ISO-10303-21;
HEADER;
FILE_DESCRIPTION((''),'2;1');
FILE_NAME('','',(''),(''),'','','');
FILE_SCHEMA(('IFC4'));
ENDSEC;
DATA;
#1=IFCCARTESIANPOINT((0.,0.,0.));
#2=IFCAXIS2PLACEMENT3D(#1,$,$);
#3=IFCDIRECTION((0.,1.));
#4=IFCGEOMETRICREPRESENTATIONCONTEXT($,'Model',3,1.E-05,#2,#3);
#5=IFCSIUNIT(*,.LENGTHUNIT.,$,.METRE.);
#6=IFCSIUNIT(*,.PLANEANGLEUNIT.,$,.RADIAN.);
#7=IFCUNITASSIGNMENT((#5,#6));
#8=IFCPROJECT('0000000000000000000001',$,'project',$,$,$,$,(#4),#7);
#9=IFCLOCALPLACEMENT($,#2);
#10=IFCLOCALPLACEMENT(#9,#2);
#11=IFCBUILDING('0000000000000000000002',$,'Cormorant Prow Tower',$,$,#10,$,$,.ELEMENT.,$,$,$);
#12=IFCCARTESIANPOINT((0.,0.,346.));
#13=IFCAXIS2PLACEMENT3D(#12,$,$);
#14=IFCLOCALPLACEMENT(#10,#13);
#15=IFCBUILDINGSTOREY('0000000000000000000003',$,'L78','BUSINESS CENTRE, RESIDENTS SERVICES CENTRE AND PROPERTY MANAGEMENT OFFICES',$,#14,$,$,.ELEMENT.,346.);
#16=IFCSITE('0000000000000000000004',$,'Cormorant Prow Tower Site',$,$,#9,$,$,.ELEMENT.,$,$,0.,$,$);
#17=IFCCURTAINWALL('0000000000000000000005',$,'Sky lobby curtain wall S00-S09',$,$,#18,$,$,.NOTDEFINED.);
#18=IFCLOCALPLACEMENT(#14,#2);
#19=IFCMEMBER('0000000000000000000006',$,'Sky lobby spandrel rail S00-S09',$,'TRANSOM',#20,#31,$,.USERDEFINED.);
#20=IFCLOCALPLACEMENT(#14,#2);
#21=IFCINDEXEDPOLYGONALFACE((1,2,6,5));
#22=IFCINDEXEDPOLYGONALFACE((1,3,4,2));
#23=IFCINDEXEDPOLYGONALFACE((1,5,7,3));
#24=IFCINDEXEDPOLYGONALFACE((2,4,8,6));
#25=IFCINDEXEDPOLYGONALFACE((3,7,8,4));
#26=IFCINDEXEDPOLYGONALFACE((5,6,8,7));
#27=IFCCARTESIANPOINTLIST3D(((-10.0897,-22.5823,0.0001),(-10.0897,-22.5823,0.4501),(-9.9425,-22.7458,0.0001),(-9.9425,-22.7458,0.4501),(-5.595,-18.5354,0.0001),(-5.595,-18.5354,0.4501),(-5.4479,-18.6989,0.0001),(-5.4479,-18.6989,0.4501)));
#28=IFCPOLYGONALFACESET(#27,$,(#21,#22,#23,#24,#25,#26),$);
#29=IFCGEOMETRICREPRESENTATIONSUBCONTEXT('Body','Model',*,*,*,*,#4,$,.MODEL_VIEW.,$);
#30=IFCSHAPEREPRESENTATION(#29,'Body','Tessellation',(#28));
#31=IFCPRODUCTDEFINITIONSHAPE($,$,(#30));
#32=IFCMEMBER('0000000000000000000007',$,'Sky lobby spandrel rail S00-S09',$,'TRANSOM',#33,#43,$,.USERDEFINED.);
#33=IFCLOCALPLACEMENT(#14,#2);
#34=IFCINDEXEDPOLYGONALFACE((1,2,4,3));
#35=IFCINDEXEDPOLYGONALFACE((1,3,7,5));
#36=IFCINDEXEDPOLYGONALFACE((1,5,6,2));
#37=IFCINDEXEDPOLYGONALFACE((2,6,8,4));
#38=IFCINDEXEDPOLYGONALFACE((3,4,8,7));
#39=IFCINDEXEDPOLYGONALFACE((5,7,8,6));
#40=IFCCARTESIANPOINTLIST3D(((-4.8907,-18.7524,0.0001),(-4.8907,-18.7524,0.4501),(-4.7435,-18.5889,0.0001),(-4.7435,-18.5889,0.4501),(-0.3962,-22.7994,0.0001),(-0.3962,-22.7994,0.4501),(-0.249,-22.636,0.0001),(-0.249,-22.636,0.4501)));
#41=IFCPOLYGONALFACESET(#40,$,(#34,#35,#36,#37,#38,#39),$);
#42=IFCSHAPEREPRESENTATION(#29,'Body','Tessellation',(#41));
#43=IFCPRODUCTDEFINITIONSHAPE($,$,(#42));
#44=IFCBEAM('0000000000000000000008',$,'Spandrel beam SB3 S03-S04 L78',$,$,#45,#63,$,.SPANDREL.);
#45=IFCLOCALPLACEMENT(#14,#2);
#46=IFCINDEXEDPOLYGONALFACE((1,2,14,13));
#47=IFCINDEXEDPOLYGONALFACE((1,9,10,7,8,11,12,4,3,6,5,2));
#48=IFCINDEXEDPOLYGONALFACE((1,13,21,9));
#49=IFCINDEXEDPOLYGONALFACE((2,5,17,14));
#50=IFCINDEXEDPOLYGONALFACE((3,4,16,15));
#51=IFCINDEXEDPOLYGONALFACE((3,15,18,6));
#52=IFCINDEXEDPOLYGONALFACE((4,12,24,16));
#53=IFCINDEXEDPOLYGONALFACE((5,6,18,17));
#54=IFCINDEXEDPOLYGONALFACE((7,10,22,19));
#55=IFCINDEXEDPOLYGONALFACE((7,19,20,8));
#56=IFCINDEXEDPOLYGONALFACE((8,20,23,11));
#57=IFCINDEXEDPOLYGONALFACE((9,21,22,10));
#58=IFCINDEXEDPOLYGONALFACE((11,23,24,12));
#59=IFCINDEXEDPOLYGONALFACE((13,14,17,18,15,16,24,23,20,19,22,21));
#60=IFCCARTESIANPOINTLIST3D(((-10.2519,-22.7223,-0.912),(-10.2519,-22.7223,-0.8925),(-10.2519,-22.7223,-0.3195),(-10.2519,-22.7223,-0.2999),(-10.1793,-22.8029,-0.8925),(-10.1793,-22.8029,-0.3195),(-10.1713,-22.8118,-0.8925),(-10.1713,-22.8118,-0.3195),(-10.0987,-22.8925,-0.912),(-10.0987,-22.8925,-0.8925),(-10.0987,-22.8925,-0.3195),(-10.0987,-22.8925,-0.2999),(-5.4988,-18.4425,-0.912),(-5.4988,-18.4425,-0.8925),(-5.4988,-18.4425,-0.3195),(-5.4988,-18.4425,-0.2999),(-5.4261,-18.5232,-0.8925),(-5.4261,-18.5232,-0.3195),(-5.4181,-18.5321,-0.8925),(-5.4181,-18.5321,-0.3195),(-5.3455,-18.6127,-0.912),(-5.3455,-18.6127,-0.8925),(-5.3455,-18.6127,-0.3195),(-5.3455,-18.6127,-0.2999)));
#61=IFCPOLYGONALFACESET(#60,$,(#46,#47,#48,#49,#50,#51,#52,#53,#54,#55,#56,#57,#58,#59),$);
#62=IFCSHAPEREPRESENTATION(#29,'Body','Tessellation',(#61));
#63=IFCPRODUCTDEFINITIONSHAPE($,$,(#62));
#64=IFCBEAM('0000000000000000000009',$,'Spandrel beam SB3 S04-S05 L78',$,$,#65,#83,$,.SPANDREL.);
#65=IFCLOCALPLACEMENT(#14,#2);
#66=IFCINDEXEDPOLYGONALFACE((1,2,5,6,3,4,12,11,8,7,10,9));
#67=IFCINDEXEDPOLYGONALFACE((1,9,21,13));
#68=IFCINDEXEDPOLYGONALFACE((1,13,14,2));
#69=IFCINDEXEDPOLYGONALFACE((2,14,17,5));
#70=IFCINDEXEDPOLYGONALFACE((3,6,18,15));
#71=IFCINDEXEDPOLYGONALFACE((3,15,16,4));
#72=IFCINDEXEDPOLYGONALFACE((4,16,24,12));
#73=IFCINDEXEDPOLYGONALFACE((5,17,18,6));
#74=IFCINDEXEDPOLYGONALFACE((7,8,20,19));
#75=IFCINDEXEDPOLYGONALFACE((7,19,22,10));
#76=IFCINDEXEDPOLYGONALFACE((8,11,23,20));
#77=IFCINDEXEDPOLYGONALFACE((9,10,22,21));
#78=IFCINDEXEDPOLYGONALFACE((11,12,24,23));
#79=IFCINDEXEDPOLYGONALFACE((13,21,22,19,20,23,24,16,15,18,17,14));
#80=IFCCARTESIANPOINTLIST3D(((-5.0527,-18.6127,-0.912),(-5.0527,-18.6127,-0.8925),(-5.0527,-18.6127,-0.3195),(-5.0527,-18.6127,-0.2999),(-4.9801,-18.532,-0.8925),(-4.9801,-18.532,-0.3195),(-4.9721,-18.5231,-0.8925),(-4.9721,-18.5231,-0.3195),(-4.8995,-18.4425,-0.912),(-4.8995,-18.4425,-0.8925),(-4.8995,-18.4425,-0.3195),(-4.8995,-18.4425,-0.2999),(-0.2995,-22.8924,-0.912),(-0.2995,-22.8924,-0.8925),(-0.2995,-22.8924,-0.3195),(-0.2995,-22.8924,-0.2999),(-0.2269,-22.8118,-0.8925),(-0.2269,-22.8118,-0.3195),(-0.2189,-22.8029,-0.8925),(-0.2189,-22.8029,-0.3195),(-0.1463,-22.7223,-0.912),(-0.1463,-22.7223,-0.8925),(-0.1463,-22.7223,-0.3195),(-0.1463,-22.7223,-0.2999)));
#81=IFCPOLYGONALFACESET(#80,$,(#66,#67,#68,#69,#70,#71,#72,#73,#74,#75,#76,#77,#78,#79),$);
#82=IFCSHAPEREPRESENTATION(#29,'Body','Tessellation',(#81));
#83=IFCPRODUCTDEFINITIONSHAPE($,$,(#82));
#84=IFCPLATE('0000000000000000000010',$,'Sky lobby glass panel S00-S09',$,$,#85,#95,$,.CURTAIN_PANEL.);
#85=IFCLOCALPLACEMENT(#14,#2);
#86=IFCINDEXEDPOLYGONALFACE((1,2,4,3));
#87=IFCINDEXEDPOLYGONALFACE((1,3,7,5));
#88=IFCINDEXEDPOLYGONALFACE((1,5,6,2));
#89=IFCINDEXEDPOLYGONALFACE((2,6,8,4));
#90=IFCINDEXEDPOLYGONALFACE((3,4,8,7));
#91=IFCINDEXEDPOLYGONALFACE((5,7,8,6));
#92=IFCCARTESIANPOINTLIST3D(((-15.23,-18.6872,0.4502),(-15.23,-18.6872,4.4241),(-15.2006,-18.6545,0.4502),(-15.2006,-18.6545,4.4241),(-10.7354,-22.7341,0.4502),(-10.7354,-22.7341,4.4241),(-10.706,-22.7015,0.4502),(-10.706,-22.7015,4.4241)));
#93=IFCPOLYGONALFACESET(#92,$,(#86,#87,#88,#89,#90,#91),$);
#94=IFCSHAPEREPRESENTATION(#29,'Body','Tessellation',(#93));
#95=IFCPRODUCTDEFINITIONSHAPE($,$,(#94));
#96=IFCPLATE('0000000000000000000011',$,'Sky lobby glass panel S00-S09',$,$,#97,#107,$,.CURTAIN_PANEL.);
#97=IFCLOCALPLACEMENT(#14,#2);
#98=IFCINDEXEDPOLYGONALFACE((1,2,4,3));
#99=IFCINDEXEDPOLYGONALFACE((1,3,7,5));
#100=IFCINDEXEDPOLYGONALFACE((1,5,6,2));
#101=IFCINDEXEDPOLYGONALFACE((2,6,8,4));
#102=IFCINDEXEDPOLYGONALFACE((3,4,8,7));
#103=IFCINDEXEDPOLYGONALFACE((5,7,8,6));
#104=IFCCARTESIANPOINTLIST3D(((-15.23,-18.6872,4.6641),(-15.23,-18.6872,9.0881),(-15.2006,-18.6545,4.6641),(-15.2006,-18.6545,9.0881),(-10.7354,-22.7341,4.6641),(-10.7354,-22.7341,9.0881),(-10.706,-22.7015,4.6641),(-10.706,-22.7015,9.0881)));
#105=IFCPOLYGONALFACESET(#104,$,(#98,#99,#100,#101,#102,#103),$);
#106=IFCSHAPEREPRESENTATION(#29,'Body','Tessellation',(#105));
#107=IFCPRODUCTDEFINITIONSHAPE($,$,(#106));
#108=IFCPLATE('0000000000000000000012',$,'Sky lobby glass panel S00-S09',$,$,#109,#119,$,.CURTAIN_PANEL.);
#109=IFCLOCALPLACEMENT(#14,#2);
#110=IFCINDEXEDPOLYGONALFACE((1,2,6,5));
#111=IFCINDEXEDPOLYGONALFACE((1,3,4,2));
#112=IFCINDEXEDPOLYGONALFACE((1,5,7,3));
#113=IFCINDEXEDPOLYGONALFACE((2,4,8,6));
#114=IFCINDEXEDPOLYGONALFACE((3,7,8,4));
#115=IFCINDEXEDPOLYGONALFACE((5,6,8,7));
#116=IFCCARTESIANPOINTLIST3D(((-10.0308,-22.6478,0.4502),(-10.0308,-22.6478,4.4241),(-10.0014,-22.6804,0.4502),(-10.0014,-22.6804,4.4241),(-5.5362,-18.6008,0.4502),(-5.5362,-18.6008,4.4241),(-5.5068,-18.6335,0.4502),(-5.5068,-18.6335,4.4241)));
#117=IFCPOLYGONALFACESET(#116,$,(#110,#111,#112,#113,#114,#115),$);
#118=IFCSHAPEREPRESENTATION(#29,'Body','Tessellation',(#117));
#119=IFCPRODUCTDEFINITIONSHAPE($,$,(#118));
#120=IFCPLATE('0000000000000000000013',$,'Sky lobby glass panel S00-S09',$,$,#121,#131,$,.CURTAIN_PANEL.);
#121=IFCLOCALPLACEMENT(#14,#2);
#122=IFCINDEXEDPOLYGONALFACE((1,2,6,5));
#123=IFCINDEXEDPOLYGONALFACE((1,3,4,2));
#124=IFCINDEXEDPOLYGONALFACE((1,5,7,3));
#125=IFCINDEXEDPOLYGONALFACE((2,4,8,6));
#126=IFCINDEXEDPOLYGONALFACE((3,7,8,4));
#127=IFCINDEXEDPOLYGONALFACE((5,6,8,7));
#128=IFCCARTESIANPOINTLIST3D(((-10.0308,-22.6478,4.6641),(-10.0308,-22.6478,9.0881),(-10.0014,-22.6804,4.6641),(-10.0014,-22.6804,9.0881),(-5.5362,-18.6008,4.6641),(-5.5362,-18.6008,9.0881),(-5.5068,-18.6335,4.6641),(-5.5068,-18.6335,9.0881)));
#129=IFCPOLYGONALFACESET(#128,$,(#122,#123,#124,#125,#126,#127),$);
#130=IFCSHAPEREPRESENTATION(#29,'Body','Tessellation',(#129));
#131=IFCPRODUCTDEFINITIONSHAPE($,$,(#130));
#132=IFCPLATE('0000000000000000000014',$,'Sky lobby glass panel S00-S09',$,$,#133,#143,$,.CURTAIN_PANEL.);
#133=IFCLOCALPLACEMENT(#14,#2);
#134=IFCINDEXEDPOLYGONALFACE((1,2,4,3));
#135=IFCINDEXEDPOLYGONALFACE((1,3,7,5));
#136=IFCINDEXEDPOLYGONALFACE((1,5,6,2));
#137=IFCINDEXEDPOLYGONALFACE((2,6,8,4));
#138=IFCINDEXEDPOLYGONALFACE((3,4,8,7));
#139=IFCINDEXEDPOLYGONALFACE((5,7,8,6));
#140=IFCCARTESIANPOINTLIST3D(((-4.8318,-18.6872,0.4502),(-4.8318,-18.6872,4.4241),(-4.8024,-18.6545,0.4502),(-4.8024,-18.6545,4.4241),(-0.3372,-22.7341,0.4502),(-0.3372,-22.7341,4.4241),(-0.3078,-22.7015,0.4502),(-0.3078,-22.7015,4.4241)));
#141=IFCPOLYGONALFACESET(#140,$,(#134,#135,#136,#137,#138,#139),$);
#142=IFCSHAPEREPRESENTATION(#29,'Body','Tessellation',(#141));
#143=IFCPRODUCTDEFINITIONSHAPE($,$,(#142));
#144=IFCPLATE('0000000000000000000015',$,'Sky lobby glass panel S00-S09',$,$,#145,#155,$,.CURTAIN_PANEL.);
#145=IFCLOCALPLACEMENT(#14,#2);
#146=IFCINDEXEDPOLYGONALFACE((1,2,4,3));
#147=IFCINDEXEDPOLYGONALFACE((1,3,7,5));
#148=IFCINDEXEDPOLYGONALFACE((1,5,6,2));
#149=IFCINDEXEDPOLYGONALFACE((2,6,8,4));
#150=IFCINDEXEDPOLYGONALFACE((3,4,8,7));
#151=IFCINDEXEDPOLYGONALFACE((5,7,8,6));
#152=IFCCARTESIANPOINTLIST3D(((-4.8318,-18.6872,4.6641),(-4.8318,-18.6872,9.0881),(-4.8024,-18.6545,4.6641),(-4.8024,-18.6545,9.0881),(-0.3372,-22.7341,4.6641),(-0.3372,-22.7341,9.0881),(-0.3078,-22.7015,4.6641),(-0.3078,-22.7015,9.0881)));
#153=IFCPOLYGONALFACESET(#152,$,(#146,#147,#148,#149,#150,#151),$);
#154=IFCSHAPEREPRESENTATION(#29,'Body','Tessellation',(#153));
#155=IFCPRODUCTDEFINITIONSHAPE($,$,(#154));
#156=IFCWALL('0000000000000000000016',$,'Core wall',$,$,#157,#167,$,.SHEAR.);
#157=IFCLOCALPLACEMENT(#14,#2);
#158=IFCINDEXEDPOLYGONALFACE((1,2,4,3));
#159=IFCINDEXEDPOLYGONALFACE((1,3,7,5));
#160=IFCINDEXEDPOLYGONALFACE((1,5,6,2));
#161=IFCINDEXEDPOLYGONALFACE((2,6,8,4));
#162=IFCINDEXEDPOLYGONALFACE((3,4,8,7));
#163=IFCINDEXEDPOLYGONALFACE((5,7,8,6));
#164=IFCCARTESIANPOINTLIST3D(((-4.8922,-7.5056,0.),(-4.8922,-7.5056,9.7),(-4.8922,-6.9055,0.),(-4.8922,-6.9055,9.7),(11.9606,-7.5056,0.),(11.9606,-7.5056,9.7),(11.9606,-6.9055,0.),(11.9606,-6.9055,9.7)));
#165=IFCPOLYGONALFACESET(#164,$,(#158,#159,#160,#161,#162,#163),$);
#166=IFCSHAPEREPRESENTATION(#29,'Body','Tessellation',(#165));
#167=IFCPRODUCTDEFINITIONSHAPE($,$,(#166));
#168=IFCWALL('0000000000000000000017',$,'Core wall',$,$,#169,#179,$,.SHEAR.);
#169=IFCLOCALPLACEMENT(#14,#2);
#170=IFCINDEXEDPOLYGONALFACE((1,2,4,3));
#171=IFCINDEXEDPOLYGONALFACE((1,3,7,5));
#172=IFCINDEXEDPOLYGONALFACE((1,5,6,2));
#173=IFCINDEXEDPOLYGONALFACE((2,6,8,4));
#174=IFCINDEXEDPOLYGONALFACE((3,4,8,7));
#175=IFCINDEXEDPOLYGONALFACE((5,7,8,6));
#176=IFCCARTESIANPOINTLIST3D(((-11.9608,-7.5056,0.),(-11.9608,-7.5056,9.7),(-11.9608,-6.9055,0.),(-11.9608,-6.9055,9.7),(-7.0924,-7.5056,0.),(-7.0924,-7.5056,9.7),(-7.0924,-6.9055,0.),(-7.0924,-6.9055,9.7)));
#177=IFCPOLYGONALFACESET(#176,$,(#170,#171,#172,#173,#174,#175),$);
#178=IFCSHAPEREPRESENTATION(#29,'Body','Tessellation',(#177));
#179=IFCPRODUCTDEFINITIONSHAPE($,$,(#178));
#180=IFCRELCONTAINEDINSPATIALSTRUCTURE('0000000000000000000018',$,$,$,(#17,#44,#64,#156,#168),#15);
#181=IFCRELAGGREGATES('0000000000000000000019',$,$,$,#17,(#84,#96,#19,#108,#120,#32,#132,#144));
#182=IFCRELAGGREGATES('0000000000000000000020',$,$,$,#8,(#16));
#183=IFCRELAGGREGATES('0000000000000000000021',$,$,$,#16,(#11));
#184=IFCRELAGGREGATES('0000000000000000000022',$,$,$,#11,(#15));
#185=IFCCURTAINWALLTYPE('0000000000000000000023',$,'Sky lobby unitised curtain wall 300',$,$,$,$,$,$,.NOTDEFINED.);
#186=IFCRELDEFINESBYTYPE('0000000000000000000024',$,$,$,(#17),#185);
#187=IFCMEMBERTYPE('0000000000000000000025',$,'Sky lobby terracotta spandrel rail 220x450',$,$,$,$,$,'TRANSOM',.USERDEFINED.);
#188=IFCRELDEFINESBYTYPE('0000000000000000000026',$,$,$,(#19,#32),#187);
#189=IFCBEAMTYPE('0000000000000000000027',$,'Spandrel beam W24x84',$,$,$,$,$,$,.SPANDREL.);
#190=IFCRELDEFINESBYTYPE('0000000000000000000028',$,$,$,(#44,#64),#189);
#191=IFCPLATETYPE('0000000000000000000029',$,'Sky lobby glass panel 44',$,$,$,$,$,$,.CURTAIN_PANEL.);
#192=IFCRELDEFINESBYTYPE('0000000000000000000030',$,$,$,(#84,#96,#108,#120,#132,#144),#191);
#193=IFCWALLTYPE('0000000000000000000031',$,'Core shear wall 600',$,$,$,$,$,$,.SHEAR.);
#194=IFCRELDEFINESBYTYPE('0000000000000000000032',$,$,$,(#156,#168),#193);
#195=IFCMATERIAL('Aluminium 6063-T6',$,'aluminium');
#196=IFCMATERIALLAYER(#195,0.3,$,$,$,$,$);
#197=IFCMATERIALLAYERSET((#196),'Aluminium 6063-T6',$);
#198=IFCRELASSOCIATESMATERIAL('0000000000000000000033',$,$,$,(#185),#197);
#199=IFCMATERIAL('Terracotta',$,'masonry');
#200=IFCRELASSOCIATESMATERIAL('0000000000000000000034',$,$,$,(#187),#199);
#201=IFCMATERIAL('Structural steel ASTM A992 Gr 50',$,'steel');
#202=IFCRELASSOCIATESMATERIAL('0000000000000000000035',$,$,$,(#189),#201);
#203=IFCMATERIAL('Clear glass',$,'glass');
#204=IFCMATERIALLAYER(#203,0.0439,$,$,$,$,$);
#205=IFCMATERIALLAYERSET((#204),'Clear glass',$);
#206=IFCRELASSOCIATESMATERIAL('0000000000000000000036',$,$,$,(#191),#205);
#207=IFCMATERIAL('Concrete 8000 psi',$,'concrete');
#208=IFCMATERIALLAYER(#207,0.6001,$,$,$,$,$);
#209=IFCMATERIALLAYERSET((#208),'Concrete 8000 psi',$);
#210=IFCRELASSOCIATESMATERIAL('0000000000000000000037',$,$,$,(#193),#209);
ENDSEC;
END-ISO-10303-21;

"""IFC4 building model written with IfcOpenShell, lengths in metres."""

from ifc_helpers import new_model, si_unit, direction, frame, frame_2d, origin, origin_2d, place, context, subcontext, project, spatial, rectangle, i_section, extrude, material, layer, layer_set, material_profile, profile_set, type_object, element, aggregate, save


model = new_model("IFC4")

# Units and contexts
model_context = context("Model", 3, precision=1e-05, world=origin(), true_north=direction((0.0, 1.0)))
body_context = subcontext(model_context, "Body", "Model", "MODEL_VIEW")
ifc_project = project(units=[si_unit("LENGTHUNIT", "METRE"), si_unit("PLANEANGLEUNIT", "RADIAN")], contexts=[model_context])

# Site, building, storey
site_placement = place(None, origin())
site = spatial("IfcSite", under=ifc_project, at=site_placement, Name="Cormorant Prow Tower Site", CompositionType="ELEMENT", RefElevation=0.0)
building_placement = place(site_placement, origin())
building = spatial("IfcBuilding", under=site, at=building_placement, Name="Cormorant Prow Tower", CompositionType="ELEMENT")
storey_placement = place(building_placement, frame((0.0, 0.0, 346.0)))
storey = spatial("IfcBuildingStorey", under=building, at=storey_placement, Name="L78", Description="BUSINESS CENTRE, RESIDENTS SERVICES CENTRE AND PROPERTY MANAGEMENT OFFICES", CompositionType="ELEMENT", Elevation=346.0)

# Curtain wall, members
ifc_material_1 = material(Name="Aluminium 6063-T6", Category="aluminium")
ifc_layer_1 = layer(ifc_material_1, 0.3)
ifc_layer_set_1 = layer_set([ifc_layer_1], Name="Aluminium 6063-T6")
curtain_wall_type = type_object("IfcCurtainWallType", Name="Sky lobby unitised curtain wall 300", PredefinedType="NOTDEFINED", material=ifc_layer_set_1)
curtain_wall_placement = place(storey_placement, origin())
curtain_wall = element("IfcCurtainWall", 1, at=curtain_wall_placement, inside=storey, type_object=curtain_wall_type, Name="Sky lobby curtain wall S00-S09", PredefinedType="NOTDEFINED")
ifc_material_2 = material(Name="Terracotta", Category="masonry")
ifc_material_profile_1 = material_profile(ifc_material_2, rectangle(XDim=0.22, YDim=0.45, at=origin_2d()), Name="Sky lobby terracotta spandrel rail 220x450")
ifc_profile_set_1 = profile_set([ifc_material_profile_1], Name="Terracotta")
member_type_1 = type_object("IfcMemberType", Name="Sky lobby terracotta spandrel rail 220x450", ElementType="TRANSOM", PredefinedType="USERDEFINED", material=ifc_profile_set_1)
member_1_placement = place(storey_placement, frame((-10.0161, -22.6641, 0.2251), z_axis=(0.743154, 0.669121, 0.0), x_axis=(-0.669121, 0.743154, 0.0)))
member_1 = element("IfcMember", 2, at=member_1_placement, type_object=member_type_1, Name="Sky lobby spandrel rail S00-S09", ObjectType="TRANSOM", PredefinedType="USERDEFINED", context=body_context, shape_type="SweptSolid", body=[
    extrude(rectangle(XDim=0.22, YDim=0.45, at=origin_2d()), origin(), (0.0, 0.0, 1.0), 6.0481),
])
member_2_placement = place(storey_placement, frame((-4.8171, -18.6707, 0.2251), z_axis=(0.743134, -0.669143, 0.0), x_axis=(0.669143, 0.743134, 0.0)))
member_2 = element("IfcMember", 3, at=member_2_placement, type_object=member_type_1, Name="Sky lobby spandrel rail S00-S09", ObjectType="TRANSOM", PredefinedType="USERDEFINED", context=body_context, shape_type="SweptSolid", body=[
    extrude(rectangle(XDim=0.22, YDim=0.45, at=origin_2d()), origin(), (0.0, 0.0, 1.0), 6.0481),
])

# Beams
ifc_material_3 = material(Name="Structural steel ASTM A992 Gr 50", Category="steel")
ifc_material_profile_2 = material_profile(ifc_material_3, i_section(OverallWidth=0.229, OverallDepth=0.6121, WebThickness=0.012, FlangeThickness=0.0195, at=origin_2d()), Name="W24x84")
ifc_profile_set_2 = profile_set([ifc_material_profile_2], Name="Structural steel ASTM A992 Gr 50")
beam_type_1 = type_object("IfcBeamType", Name="Spandrel beam W24x84", PredefinedType="SPANDREL", material=ifc_profile_set_2)
for number, where, z_axis, x_axis, name in (
    (4, (-10.1753, -22.8074, -0.606), (0.743144, 0.669131, 0.0), (-0.669131, 0.743144, 0.0), "Spandrel beam SB3 S03-S04 L78"),
    (5, (-4.9761, -18.5276, -0.606), (0.743144, -0.669131, 0.0), (0.669131, 0.743144, 0.0), "Spandrel beam SB3 S04-S05 L78"),
):
    element("IfcBeam", number, at=place(storey_placement, frame(where, z_axis=z_axis, x_axis=x_axis)), inside=storey, type_object=beam_type_1, Name=name, PredefinedType="SPANDREL", context=body_context, shape_type="SweptSolid", body=[
        extrude(i_section(OverallWidth=0.229, OverallDepth=0.6121, WebThickness=0.012, FlangeThickness=0.0195, at=origin_2d()), origin(), (0.0, 0.0, 1.0), 6.396),
    ])

# Plates
ifc_material_4 = material(Name="Clear glass", Category="glass")
ifc_layer_2 = layer(ifc_material_4, 0.0439)
ifc_layer_set_2 = layer_set([ifc_layer_2], Name="Clear glass")
plate_type = type_object("IfcPlateType", Name="Sky lobby glass panel 44", PredefinedType="CURTAIN_PANEL", material=ifc_layer_set_2)
plate_1_placement = place(storey_placement, frame((-12.968, -20.6943, 0.4502), z_axis=(0.0, 0.0, 1.0), x_axis=(0.743145, -0.669131, 0.0)))
plate_1 = element("IfcPlate", 6, at=plate_1_placement, type_object=plate_type, Name="Sky lobby glass panel S00-S09", PredefinedType="CURTAIN_PANEL", context=body_context, shape_type="SweptSolid", body=[
    extrude(rectangle(XDim=6.0481, YDim=0.0439, at=origin_2d()), origin(), (0.0, 0.0, 1.0), 3.9739),
])
plate_2_placement = place(storey_placement, frame((-12.968, -20.6943, 4.6641), z_axis=(0.0, 0.0, 1.0), x_axis=(0.743145, -0.669131, 0.0)))
plate_2 = element("IfcPlate", 7, at=plate_2_placement, type_object=plate_type, Name="Sky lobby glass panel S00-S09", PredefinedType="CURTAIN_PANEL", context=body_context, shape_type="SweptSolid", body=[
    extrude(rectangle(XDim=6.0481, YDim=0.0439, at=origin_2d()), origin(), (0.0, 0.0, 1.0), 4.4241),
])
plate_3_placement = place(storey_placement, frame((-7.7688, -20.6406, 0.4502), z_axis=(0.0, 0.0, 1.0), x_axis=(0.743145, 0.669131, 0.0)))
plate_3 = element("IfcPlate", 8, at=plate_3_placement, type_object=plate_type, Name="Sky lobby glass panel S00-S09", PredefinedType="CURTAIN_PANEL", context=body_context, shape_type="SweptSolid", body=[
    extrude(rectangle(XDim=6.0481, YDim=0.0439, at=origin_2d()), origin(), (0.0, 0.0, 1.0), 3.9739),
])
plate_4_placement = place(storey_placement, frame((-7.7688, -20.6406, 4.6641), z_axis=(0.0, 0.0, 1.0), x_axis=(0.743145, 0.669131, 0.0)))
plate_4 = element("IfcPlate", 9, at=plate_4_placement, type_object=plate_type, Name="Sky lobby glass panel S00-S09", PredefinedType="CURTAIN_PANEL", context=body_context, shape_type="SweptSolid", body=[
    extrude(rectangle(XDim=6.0481, YDim=0.0439, at=origin_2d()), origin(), (0.0, 0.0, 1.0), 4.4241),
])
plate_5_placement = place(storey_placement, frame((-2.5698, -20.6943, 0.4502), z_axis=(0.0, 0.0, 1.0), x_axis=(0.743145, -0.669131, 0.0)))
plate_5 = element("IfcPlate", 10, at=plate_5_placement, type_object=plate_type, Name="Sky lobby glass panel S00-S09", PredefinedType="CURTAIN_PANEL", context=body_context, shape_type="SweptSolid", body=[
    extrude(rectangle(XDim=6.0481, YDim=0.0439, at=origin_2d()), origin(), (0.0, 0.0, 1.0), 3.9739),
])
plate_6_placement = place(storey_placement, frame((-2.5698, -20.6943, 4.6641), z_axis=(0.0, 0.0, 1.0), x_axis=(0.743145, -0.669131, 0.0)))
plate_6 = element("IfcPlate", 11, at=plate_6_placement, type_object=plate_type, Name="Sky lobby glass panel S00-S09", PredefinedType="CURTAIN_PANEL", context=body_context, shape_type="SweptSolid", body=[
    extrude(rectangle(XDim=6.0481, YDim=0.0439, at=origin_2d()), origin(), (0.0, 0.0, 1.0), 4.4241),
])
aggregate(curtain_wall, [plate_1, plate_2, member_1, plate_3, plate_4, member_2, plate_5, plate_6])

# Walls
ifc_material_5 = material(Name="Concrete 8000 psi", Category="concrete")
ifc_layer_3 = layer(ifc_material_5, 0.6001)
ifc_layer_set_3 = layer_set([ifc_layer_3], Name="Concrete 8000 psi")
wall_type_1 = type_object("IfcWallType", Name="Core shear wall 600", PredefinedType="SHEAR", material=ifc_layer_set_3)
wall_1_placement = place(storey_placement, frame((-4.8921, -7.2056, 0.0), z_axis=(0.0, 0.0, 1.0), x_axis=(1.0, 0.0, 0.0)))
element("IfcWall", 12, at=wall_1_placement, inside=storey, type_object=wall_type_1, Name="Core wall", PredefinedType="SHEAR", context=body_context, shape_type="SweptSolid", body=[
    extrude(rectangle(XDim=16.8528, YDim=0.6001, at=frame_2d((8.4263, 0.0))), origin(), (0.0, 0.0, 1.0), 9.7),
])
wall_2_placement = place(storey_placement, frame((-11.9607, -7.2056, 0.0), z_axis=(0.0, 0.0, 1.0), x_axis=(1.0, 0.0, 0.0)))
element("IfcWall", 13, at=wall_2_placement, inside=storey, type_object=wall_type_1, Name="Core wall", PredefinedType="SHEAR", context=body_context, shape_type="SweptSolid", body=[
    extrude(rectangle(XDim=4.8684, YDim=0.6001, at=frame_2d((2.4341, 0.0))), origin(), (0.0, 0.0, 1.0), 9.7),
])

save(model, "model.ifc")
